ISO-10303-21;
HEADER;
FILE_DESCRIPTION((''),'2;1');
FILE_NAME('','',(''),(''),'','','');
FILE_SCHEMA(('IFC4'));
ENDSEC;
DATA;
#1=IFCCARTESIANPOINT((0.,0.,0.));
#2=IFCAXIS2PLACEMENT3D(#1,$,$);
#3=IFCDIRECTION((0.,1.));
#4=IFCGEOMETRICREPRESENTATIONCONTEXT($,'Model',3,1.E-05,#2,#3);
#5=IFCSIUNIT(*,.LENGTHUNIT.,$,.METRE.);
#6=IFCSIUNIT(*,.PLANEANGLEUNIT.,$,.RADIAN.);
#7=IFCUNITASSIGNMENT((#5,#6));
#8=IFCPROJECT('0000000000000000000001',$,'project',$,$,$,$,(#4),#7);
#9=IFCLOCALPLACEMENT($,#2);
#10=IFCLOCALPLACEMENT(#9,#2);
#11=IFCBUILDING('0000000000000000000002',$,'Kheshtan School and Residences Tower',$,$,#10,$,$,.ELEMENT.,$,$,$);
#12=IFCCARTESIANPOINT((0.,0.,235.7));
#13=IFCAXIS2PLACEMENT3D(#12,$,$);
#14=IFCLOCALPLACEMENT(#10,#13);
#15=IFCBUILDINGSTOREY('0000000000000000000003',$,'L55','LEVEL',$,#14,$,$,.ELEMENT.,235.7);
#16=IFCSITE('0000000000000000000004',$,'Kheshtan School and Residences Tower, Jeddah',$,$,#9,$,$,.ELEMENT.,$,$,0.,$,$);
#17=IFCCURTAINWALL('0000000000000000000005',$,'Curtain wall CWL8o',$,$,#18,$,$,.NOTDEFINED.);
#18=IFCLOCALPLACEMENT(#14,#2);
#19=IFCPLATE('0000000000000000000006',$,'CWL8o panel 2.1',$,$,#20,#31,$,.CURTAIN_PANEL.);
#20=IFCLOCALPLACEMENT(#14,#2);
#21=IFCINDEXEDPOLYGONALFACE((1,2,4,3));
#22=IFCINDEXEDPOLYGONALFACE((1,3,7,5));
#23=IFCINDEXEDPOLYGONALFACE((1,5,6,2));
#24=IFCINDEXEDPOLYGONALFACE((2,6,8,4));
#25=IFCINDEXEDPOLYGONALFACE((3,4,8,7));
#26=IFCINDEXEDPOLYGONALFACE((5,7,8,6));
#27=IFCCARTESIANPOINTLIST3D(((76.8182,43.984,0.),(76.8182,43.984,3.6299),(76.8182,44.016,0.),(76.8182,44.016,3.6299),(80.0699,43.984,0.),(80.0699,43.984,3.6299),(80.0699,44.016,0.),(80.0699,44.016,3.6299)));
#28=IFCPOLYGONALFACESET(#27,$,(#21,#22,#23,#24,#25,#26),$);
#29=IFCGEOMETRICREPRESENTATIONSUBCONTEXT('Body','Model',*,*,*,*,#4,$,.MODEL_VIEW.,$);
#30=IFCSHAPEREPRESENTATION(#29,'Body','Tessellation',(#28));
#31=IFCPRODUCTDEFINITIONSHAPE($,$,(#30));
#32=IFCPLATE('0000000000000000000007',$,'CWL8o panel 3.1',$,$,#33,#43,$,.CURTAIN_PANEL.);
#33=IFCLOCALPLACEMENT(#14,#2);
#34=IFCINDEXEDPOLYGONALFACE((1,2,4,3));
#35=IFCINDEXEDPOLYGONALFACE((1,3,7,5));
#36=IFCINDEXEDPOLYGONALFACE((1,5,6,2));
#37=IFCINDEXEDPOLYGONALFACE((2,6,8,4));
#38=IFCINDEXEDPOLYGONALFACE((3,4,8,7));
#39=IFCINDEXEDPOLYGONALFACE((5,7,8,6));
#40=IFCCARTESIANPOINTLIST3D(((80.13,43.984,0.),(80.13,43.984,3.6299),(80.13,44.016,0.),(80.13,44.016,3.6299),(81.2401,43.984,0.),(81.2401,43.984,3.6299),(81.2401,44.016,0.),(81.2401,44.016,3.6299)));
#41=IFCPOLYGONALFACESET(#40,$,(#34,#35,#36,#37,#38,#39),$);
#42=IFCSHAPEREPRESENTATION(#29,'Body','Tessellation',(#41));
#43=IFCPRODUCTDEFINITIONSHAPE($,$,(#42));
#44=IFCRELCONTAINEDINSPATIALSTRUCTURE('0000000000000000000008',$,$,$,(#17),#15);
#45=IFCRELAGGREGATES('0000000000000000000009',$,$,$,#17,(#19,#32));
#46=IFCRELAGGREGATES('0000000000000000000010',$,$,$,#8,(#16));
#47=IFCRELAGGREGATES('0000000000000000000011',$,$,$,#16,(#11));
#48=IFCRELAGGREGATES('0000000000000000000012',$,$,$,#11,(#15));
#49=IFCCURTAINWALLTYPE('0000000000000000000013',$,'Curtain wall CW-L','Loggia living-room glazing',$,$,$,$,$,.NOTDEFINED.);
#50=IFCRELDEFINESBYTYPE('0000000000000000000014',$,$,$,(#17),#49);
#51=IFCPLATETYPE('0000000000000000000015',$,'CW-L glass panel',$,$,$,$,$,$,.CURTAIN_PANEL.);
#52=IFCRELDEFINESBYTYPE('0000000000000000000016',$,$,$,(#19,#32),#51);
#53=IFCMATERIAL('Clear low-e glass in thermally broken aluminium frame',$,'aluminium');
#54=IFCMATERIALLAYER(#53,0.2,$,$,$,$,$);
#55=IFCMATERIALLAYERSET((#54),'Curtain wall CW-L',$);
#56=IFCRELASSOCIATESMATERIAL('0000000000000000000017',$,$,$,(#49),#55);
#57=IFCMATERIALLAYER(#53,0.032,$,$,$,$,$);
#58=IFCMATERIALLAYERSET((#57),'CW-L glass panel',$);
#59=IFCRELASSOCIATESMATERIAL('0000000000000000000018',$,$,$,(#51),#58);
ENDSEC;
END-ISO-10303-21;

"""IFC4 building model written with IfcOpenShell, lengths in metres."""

from ifc_helpers import new_model, si_unit, direction, frame, origin, origin_2d, place, context, subcontext, project, spatial, rectangle, extrude, material, layer, layer_set, type_object, element, aggregate, save


model = new_model("IFC4")

# Units and contexts
model_context = context("Model", 3, precision=1e-05, world=origin(), true_north=direction((0.0, 1.0)))
body_context = subcontext(model_context, "Body", "Model", "MODEL_VIEW")
ifc_project = project(units=[si_unit("LENGTHUNIT", "METRE"), si_unit("PLANEANGLEUNIT", "RADIAN")], contexts=[model_context])

# Site, building, storey
site_placement = place(None, origin())
site = spatial("IfcSite", under=ifc_project, at=site_placement, Name="Kheshtan School and Residences Tower, Jeddah", CompositionType="ELEMENT", RefElevation=0.0)
building_placement = place(site_placement, origin())
building = spatial("IfcBuilding", under=site, at=building_placement, Name="Kheshtan School and Residences Tower", CompositionType="ELEMENT")
storey_placement = place(building_placement, frame((0.0, 0.0, 235.7)))
storey = spatial("IfcBuildingStorey", under=building, at=storey_placement, Name="L55", Description="LEVEL", CompositionType="ELEMENT", Elevation=235.7)

# Curtain wall
ifc_material_1 = material(Name="Clear low-e glass in thermally broken aluminium frame", Category="aluminium")
ifc_layer_1 = layer(ifc_material_1, 0.2)
ifc_layer_set_1 = layer_set([ifc_layer_1], Name="Curtain wall CW-L")
curtain_wall_type = type_object("IfcCurtainWallType", Name="Curtain wall CW-L", Description="Loggia living-room glazing", PredefinedType="NOTDEFINED", material=ifc_layer_set_1)
curtain_wall_1_placement = place(storey_placement, origin())
curtain_wall_1 = element("IfcCurtainWall", 1, at=curtain_wall_1_placement, inside=storey, type_object=curtain_wall_type, Name="Curtain wall CWL8o", PredefinedType="NOTDEFINED")

# Shared definitions
ifc_layer_2 = layer(ifc_material_1, 0.032)
ifc_layer_set_2 = layer_set([ifc_layer_2], Name="CW-L glass panel")
plate_type = type_object("IfcPlateType", Name="CW-L glass panel", PredefinedType="CURTAIN_PANEL", material=ifc_layer_set_2)

# Plates
plate_1_placement = place(storey_placement, frame((78.4441, 44.0, 0.0), z_axis=(0.0, 0.0, 1.0), x_axis=(1.0, 0.0, 0.0)))
plate_1 = element("IfcPlate", 2, at=plate_1_placement, type_object=plate_type, Name="CWL8o panel 2.1", PredefinedType="CURTAIN_PANEL", context=body_context, shape_type="SweptSolid", body=[
    extrude(rectangle(XDim=3.2517, YDim=0.032, at=origin_2d()), origin(), (0.0, 0.0, 1.0), 3.6299),
])
plate_2_placement = place(storey_placement, frame((80.6851, 44.0, 0.0), z_axis=(0.0, 0.0, 1.0), x_axis=(1.0, 0.0, 0.0)))
plate_2 = element("IfcPlate", 3, at=plate_2_placement, type_object=plate_type, Name="CWL8o panel 3.1", PredefinedType="CURTAIN_PANEL", context=body_context, shape_type="SweptSolid", body=[
    extrude(rectangle(XDim=1.1101, YDim=0.032, at=origin_2d()), origin(), (0.0, 0.0, 1.0), 3.6299),
])
aggregate(curtain_wall_1, [plate_1, plate_2])

save(model, "model.ifc")
